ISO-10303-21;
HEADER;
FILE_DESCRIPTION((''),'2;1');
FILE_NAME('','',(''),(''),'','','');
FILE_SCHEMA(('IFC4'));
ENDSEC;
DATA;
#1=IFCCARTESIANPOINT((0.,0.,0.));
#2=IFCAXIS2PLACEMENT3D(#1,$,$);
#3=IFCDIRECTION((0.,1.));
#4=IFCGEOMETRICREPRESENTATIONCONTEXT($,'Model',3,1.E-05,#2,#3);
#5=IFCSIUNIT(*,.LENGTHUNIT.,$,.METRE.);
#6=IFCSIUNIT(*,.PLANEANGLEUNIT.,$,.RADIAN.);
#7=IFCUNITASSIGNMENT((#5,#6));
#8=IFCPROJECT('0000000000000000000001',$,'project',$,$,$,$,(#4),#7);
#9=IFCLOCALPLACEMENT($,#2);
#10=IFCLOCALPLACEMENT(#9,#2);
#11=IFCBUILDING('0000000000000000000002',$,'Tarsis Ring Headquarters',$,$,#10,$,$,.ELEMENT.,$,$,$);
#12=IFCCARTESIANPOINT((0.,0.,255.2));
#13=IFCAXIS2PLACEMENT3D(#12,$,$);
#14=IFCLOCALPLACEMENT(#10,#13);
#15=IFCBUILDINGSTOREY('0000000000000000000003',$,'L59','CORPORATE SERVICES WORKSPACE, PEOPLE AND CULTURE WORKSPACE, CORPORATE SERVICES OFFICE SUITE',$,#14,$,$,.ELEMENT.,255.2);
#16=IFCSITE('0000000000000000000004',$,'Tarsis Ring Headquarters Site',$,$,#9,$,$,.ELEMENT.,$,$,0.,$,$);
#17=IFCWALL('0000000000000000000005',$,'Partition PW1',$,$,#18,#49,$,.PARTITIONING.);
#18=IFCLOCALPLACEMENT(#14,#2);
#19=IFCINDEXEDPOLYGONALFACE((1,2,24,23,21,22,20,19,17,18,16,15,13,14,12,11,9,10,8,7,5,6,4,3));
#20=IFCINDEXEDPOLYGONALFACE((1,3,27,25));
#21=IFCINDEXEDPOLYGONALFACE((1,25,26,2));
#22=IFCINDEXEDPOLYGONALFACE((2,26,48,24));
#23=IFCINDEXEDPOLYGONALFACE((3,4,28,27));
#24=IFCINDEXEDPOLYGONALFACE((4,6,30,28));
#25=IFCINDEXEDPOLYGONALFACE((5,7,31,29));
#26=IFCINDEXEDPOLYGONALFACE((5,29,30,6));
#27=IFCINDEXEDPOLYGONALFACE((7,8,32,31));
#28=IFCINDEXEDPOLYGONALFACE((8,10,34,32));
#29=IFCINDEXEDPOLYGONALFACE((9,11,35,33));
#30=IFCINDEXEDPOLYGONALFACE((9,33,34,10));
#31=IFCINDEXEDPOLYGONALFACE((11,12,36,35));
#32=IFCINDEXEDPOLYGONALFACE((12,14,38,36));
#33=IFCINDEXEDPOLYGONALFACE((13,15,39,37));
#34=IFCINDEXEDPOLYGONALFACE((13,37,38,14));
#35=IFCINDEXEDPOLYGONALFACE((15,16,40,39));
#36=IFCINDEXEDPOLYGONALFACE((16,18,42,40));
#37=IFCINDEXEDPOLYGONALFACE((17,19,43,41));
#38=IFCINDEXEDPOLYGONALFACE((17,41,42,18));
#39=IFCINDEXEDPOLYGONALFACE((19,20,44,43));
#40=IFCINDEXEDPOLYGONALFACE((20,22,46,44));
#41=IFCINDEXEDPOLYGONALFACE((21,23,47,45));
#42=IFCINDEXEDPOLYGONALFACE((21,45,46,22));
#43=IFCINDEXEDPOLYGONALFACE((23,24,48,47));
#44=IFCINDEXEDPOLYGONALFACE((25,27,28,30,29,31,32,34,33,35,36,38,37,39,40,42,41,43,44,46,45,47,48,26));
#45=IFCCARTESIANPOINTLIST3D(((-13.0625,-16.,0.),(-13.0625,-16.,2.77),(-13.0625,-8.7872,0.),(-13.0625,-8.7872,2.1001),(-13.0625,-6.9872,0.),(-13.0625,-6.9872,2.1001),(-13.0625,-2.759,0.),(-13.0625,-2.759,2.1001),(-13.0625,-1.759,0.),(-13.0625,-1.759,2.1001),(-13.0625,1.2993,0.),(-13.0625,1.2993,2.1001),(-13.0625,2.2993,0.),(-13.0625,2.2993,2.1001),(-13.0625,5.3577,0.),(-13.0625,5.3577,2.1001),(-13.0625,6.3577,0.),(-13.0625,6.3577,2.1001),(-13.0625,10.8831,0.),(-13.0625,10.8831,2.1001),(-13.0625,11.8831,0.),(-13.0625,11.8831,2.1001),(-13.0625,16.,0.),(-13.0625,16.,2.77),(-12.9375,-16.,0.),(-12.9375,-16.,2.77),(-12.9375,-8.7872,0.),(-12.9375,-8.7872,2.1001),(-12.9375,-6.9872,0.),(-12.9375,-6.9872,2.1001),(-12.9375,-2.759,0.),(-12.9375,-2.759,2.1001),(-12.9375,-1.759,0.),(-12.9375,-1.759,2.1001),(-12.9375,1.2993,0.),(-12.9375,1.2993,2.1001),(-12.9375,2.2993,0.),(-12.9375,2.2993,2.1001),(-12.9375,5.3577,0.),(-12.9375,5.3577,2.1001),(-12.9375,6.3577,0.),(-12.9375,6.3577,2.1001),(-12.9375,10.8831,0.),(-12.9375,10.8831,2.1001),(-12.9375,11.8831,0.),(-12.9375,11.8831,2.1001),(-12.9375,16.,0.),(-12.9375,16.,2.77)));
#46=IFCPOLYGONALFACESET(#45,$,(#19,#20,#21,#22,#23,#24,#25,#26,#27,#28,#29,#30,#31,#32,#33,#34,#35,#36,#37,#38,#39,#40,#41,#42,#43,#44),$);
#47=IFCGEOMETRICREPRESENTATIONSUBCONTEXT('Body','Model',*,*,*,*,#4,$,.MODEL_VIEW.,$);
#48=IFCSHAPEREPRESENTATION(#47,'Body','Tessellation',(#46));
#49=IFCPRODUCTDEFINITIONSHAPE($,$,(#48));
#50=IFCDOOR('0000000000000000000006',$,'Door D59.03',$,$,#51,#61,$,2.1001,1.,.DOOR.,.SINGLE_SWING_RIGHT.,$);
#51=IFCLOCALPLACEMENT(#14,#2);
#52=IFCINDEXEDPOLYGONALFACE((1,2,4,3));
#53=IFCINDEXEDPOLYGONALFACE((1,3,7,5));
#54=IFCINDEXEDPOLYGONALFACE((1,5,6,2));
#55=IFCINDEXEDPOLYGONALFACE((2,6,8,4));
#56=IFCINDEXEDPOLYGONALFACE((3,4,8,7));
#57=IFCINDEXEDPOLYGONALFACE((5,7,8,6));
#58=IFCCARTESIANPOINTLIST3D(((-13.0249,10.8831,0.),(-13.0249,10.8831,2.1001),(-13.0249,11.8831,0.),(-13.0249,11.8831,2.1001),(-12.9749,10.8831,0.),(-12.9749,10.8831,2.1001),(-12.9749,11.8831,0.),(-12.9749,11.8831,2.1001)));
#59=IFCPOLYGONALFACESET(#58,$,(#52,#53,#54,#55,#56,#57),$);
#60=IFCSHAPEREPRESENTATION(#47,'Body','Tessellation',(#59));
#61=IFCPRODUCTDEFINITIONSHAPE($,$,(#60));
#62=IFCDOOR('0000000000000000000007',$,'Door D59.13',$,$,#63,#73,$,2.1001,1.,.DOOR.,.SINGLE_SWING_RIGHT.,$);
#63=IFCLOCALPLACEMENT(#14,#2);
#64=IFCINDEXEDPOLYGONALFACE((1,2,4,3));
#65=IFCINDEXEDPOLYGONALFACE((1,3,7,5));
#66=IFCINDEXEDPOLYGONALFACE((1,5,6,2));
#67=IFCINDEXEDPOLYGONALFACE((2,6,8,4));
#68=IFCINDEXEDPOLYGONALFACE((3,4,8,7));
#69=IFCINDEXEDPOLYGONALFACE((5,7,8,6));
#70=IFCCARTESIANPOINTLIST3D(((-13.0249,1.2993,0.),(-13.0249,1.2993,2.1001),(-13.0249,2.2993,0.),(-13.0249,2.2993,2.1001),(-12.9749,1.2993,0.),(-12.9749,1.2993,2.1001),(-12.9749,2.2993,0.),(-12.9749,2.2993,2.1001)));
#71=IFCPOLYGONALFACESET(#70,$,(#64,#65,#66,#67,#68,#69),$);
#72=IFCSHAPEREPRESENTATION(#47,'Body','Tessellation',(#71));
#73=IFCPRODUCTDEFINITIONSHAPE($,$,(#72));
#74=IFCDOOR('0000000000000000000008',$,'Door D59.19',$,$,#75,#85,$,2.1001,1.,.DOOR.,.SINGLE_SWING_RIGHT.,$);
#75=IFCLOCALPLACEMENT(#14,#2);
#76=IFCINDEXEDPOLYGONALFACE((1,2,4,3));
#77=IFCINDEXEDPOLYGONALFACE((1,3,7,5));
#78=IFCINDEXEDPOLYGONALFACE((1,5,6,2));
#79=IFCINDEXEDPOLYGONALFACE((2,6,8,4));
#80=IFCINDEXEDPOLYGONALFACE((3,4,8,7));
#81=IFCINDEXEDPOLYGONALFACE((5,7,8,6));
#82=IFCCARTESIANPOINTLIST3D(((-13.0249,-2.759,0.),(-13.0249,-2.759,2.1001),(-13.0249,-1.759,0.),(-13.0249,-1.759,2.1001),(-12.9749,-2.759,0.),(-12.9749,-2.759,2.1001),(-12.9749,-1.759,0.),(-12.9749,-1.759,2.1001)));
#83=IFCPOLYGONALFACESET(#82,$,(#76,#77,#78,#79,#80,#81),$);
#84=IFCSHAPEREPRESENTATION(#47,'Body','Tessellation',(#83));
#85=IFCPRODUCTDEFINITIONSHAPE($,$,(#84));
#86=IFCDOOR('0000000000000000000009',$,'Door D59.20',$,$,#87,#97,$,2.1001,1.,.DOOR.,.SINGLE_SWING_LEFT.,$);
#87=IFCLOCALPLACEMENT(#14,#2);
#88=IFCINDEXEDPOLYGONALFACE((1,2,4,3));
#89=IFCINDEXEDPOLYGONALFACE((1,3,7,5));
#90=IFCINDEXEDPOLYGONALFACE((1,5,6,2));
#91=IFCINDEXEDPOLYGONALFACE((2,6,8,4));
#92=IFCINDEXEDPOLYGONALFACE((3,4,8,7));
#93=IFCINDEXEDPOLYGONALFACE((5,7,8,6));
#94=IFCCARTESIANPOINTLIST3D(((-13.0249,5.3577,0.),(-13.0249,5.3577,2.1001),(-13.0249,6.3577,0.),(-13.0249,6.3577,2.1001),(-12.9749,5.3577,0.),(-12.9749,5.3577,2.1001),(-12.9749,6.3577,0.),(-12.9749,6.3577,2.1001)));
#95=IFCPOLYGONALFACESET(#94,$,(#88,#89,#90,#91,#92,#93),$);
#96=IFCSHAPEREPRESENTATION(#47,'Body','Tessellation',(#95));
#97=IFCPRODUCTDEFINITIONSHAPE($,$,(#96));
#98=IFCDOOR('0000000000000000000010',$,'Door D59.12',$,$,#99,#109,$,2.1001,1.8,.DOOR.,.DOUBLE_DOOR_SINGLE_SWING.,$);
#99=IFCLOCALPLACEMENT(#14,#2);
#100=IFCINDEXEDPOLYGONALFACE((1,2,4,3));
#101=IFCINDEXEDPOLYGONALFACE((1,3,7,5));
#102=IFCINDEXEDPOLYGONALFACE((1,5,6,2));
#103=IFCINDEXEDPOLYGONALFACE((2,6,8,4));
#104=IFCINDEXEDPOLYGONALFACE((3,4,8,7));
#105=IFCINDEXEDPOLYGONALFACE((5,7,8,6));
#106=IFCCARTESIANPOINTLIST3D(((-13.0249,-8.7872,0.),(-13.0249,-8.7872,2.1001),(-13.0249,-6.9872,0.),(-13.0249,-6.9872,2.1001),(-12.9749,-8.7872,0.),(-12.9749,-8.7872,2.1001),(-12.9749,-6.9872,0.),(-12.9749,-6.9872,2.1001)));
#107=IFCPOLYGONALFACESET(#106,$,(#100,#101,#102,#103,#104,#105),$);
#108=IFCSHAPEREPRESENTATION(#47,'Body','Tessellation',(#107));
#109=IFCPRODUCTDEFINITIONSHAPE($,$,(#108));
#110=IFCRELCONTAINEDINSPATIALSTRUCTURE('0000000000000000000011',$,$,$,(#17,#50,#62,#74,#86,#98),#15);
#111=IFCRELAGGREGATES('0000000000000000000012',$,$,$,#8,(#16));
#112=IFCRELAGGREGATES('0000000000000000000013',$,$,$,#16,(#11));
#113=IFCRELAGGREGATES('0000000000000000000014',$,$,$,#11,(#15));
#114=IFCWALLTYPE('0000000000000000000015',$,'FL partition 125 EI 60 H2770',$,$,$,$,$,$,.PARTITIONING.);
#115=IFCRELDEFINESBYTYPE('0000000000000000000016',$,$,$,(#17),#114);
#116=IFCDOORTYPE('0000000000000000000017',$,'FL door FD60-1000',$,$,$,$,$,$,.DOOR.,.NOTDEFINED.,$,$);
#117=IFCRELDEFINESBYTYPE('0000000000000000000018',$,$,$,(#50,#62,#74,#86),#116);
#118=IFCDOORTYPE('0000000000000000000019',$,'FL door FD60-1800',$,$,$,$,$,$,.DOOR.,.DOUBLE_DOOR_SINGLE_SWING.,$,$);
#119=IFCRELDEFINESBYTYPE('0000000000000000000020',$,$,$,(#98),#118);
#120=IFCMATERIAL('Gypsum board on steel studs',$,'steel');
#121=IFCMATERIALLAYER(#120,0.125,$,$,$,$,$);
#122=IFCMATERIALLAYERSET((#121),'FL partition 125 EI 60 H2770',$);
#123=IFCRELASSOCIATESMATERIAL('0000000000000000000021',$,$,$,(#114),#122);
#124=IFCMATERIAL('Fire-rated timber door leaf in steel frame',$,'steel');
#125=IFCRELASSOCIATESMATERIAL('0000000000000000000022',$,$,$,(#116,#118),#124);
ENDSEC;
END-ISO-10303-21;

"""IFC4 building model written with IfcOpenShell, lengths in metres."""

from ifc_helpers import new_model, si_unit, direction, frame, frame_2d, origin, place, context, subcontext, project, spatial, rectangle, extrude, material, layer, layer_set, type_object, element, fill, save


model = new_model("IFC4")

# Units and contexts
model_context = context("Model", 3, precision=1e-05, world=origin(), true_north=direction((0.0, 1.0)))
body_context = subcontext(model_context, "Body", "Model", "MODEL_VIEW")
ifc_project = project(units=[si_unit("LENGTHUNIT", "METRE"), si_unit("PLANEANGLEUNIT", "RADIAN")], contexts=[model_context])

# Site, building, storey
site_placement = place(None, origin())
site = spatial("IfcSite", under=ifc_project, at=site_placement, Name="Tarsis Ring Headquarters Site", CompositionType="ELEMENT", RefElevation=0.0)
building_placement = place(site_placement, origin())
building = spatial("IfcBuilding", under=site, at=building_placement, Name="Tarsis Ring Headquarters", CompositionType="ELEMENT")
storey_placement = place(building_placement, frame((0.0, 0.0, 255.2)))
storey = spatial("IfcBuildingStorey", under=building, at=storey_placement, Name="L59", Description="CORPORATE SERVICES WORKSPACE, PEOPLE AND CULTURE WORKSPACE, CORPORATE SERVICES OFFICE SUITE", CompositionType="ELEMENT", Elevation=255.2)

# Wall, openings, doors
ifc_material_1 = material(Name="Gypsum board on steel studs", Category="steel")
ifc_layer_1 = layer(ifc_material_1, 0.125)
ifc_layer_set_1 = layer_set([ifc_layer_1], Name="FL partition 125 EI 60 H2770")
wall_type_1 = type_object("IfcWallType", Name="FL partition 125 EI 60 H2770", PredefinedType="PARTITIONING", material=ifc_layer_set_1)
wall_1_placement = place(storey_placement, frame((-13.0, -16.0, 0.0), z_axis=(0.0, 0.0, 1.0), x_axis=(0.0, 1.0, 0.0)))
wall_1 = element("IfcWall", 1, at=wall_1_placement, inside=storey, type_object=wall_type_1, Name="Partition PW1", PredefinedType="PARTITIONING", context=body_context, shape_type="SweptSolid", body=[
    extrude(rectangle(XDim=32.0, YDim=0.125, at=frame_2d((16.0, 0.0))), origin(), (0.0, 0.0, 1.0), 2.77),
])
opening_1_placement = place(wall_1_placement, frame((26.8831, 0.0, 0.0)))
opening_1 = element("IfcOpeningElement", 2, at=opening_1_placement, cuts=wall_1, PredefinedType="OPENING", context=body_context, shape_type="SweptSolid", body=[
    extrude(rectangle(XDim=1.0, YDim=2.1001, at=frame_2d((0.5, 1.05))), frame((0.0, 0.0725, 0.0), z_axis=(0.0, -1.0, 0.0), x_axis=(1.0, 0.0, 0.0)), (0.0, 0.0, 1.0), 0.145),
])
opening_2_placement = place(wall_1_placement, frame((7.2129, 0.0, 0.0)))
opening_2 = element("IfcOpeningElement", 3, at=opening_2_placement, cuts=wall_1, PredefinedType="OPENING", context=body_context, shape_type="SweptSolid", body=[
    extrude(rectangle(XDim=1.8, YDim=2.1001, at=frame_2d((0.8999, 1.05))), frame((0.0, 0.0725, 0.0), z_axis=(0.0, -1.0, 0.0), x_axis=(1.0, 0.0, 0.0)), (0.0, 0.0, 1.0), 0.145),
])
opening_3_placement = place(wall_1_placement, frame((17.2993, 0.0, 0.0)))
opening_3 = element("IfcOpeningElement", 4, at=opening_3_placement, cuts=wall_1, PredefinedType="OPENING", context=body_context, shape_type="SweptSolid", body=[
    extrude(rectangle(XDim=1.0, YDim=2.1001, at=frame_2d((0.5, 1.05))), frame((0.0, 0.0725, 0.0), z_axis=(0.0, -1.0, 0.0), x_axis=(1.0, 0.0, 0.0)), (0.0, 0.0, 1.0), 0.145),
])
opening_4_placement = place(wall_1_placement, frame((13.241, 0.0, 0.0)))
opening_4 = element("IfcOpeningElement", 5, at=opening_4_placement, cuts=wall_1, PredefinedType="OPENING", context=body_context, shape_type="SweptSolid", body=[
    extrude(rectangle(XDim=1.0, YDim=2.1001, at=frame_2d((0.5, 1.05))), frame((0.0, 0.0725, 0.0), z_axis=(0.0, -1.0, 0.0), x_axis=(1.0, 0.0, 0.0)), (0.0, 0.0, 1.0), 0.145),
])
opening_5_placement = place(wall_1_placement, frame((21.3577, 0.0, 0.0)))
opening_5 = element("IfcOpeningElement", 6, at=opening_5_placement, cuts=wall_1, PredefinedType="OPENING", context=body_context, shape_type="SweptSolid", body=[
    extrude(rectangle(XDim=1.0, YDim=2.1001, at=frame_2d((0.5, 1.05))), frame((0.0, 0.0725, 0.0), z_axis=(0.0, -1.0, 0.0), x_axis=(1.0, 0.0, 0.0)), (0.0, 0.0, 1.0), 0.145),
])
ifc_material_2 = material(Name="Fire-rated timber door leaf in steel frame", Category="steel")
door_type_1 = type_object("IfcDoorType", Name="FL door FD60-1000", OperationType="NOTDEFINED", PredefinedType="DOOR", material=ifc_material_2)
door_1_placement = place(opening_1_placement, origin())
door_1 = element("IfcDoor", 7, at=door_1_placement, inside=storey, type_object=door_type_1, Name="Door D59.03", OperationType="SINGLE_SWING_RIGHT", OverallHeight=2.1001, OverallWidth=1.0, PredefinedType="DOOR", context=body_context, shape_type="SweptSolid", body=[
    extrude(rectangle(XDim=1.0, YDim=2.1001, at=frame_2d((0.5, 1.05))), frame((0.0, 0.0249, 0.0), z_axis=(0.0, -1.0, 0.0), x_axis=(1.0, 0.0, 0.0)), (0.0, 0.0, 1.0), 0.05),
])
fill(opening_1, door_1)
door_2_placement = place(opening_3_placement, origin())
door_2 = element("IfcDoor", 8, at=door_2_placement, inside=storey, type_object=door_type_1, Name="Door D59.13", OperationType="SINGLE_SWING_RIGHT", OverallHeight=2.1001, OverallWidth=1.0, PredefinedType="DOOR", context=body_context, shape_type="SweptSolid", body=[
    extrude(rectangle(XDim=1.0, YDim=2.1001, at=frame_2d((0.5, 1.05))), frame((0.0, 0.0249, 0.0), z_axis=(0.0, -1.0, 0.0), x_axis=(1.0, 0.0, 0.0)), (0.0, 0.0, 1.0), 0.05),
])
fill(opening_3, door_2)
door_3_placement = place(opening_4_placement, origin())
door_3 = element("IfcDoor", 9, at=door_3_placement, inside=storey, type_object=door_type_1, Name="Door D59.19", OperationType="SINGLE_SWING_RIGHT", OverallHeight=2.1001, OverallWidth=1.0, PredefinedType="DOOR", context=body_context, shape_type="SweptSolid", body=[
    extrude(rectangle(XDim=1.0, YDim=2.1001, at=frame_2d((0.5, 1.05))), frame((0.0, 0.0249, 0.0), z_axis=(0.0, -1.0, 0.0), x_axis=(1.0, 0.0, 0.0)), (0.0, 0.0, 1.0), 0.05),
])
fill(opening_4, door_3)
door_4_placement = place(opening_5_placement, origin())
door_4 = element("IfcDoor", 10, at=door_4_placement, inside=storey, type_object=door_type_1, Name="Door D59.20", OperationType="SINGLE_SWING_LEFT", OverallHeight=2.1001, OverallWidth=1.0, PredefinedType="DOOR", context=body_context, shape_type="SweptSolid", body=[
    extrude(rectangle(XDim=1.0, YDim=2.1001, at=frame_2d((0.5, 1.05))), frame((0.0, 0.0249, 0.0), z_axis=(0.0, -1.0, 0.0), x_axis=(1.0, 0.0, 0.0)), (0.0, 0.0, 1.0), 0.05),
])
fill(opening_5, door_4)
door_type_2 = type_object("IfcDoorType", Name="FL door FD60-1800", OperationType="DOUBLE_DOOR_SINGLE_SWING", PredefinedType="DOOR", material=ifc_material_2)
door_5_placement = place(opening_2_placement, origin())
door_5 = element("IfcDoor", 11, at=door_5_placement, inside=storey, type_object=door_type_2, Name="Door D59.12", OperationType="DOUBLE_DOOR_SINGLE_SWING", OverallHeight=2.1001, OverallWidth=1.8, PredefinedType="DOOR", context=body_context, shape_type="SweptSolid", body=[
    extrude(rectangle(XDim=1.8, YDim=2.1001, at=frame_2d((0.8999, 1.05))), frame((0.0, 0.0249, 0.0), z_axis=(0.0, -1.0, 0.0), x_axis=(1.0, 0.0, 0.0)), (0.0, 0.0, 1.0), 0.05),
])
fill(opening_2, door_5)

save(model, "model.ifc")
